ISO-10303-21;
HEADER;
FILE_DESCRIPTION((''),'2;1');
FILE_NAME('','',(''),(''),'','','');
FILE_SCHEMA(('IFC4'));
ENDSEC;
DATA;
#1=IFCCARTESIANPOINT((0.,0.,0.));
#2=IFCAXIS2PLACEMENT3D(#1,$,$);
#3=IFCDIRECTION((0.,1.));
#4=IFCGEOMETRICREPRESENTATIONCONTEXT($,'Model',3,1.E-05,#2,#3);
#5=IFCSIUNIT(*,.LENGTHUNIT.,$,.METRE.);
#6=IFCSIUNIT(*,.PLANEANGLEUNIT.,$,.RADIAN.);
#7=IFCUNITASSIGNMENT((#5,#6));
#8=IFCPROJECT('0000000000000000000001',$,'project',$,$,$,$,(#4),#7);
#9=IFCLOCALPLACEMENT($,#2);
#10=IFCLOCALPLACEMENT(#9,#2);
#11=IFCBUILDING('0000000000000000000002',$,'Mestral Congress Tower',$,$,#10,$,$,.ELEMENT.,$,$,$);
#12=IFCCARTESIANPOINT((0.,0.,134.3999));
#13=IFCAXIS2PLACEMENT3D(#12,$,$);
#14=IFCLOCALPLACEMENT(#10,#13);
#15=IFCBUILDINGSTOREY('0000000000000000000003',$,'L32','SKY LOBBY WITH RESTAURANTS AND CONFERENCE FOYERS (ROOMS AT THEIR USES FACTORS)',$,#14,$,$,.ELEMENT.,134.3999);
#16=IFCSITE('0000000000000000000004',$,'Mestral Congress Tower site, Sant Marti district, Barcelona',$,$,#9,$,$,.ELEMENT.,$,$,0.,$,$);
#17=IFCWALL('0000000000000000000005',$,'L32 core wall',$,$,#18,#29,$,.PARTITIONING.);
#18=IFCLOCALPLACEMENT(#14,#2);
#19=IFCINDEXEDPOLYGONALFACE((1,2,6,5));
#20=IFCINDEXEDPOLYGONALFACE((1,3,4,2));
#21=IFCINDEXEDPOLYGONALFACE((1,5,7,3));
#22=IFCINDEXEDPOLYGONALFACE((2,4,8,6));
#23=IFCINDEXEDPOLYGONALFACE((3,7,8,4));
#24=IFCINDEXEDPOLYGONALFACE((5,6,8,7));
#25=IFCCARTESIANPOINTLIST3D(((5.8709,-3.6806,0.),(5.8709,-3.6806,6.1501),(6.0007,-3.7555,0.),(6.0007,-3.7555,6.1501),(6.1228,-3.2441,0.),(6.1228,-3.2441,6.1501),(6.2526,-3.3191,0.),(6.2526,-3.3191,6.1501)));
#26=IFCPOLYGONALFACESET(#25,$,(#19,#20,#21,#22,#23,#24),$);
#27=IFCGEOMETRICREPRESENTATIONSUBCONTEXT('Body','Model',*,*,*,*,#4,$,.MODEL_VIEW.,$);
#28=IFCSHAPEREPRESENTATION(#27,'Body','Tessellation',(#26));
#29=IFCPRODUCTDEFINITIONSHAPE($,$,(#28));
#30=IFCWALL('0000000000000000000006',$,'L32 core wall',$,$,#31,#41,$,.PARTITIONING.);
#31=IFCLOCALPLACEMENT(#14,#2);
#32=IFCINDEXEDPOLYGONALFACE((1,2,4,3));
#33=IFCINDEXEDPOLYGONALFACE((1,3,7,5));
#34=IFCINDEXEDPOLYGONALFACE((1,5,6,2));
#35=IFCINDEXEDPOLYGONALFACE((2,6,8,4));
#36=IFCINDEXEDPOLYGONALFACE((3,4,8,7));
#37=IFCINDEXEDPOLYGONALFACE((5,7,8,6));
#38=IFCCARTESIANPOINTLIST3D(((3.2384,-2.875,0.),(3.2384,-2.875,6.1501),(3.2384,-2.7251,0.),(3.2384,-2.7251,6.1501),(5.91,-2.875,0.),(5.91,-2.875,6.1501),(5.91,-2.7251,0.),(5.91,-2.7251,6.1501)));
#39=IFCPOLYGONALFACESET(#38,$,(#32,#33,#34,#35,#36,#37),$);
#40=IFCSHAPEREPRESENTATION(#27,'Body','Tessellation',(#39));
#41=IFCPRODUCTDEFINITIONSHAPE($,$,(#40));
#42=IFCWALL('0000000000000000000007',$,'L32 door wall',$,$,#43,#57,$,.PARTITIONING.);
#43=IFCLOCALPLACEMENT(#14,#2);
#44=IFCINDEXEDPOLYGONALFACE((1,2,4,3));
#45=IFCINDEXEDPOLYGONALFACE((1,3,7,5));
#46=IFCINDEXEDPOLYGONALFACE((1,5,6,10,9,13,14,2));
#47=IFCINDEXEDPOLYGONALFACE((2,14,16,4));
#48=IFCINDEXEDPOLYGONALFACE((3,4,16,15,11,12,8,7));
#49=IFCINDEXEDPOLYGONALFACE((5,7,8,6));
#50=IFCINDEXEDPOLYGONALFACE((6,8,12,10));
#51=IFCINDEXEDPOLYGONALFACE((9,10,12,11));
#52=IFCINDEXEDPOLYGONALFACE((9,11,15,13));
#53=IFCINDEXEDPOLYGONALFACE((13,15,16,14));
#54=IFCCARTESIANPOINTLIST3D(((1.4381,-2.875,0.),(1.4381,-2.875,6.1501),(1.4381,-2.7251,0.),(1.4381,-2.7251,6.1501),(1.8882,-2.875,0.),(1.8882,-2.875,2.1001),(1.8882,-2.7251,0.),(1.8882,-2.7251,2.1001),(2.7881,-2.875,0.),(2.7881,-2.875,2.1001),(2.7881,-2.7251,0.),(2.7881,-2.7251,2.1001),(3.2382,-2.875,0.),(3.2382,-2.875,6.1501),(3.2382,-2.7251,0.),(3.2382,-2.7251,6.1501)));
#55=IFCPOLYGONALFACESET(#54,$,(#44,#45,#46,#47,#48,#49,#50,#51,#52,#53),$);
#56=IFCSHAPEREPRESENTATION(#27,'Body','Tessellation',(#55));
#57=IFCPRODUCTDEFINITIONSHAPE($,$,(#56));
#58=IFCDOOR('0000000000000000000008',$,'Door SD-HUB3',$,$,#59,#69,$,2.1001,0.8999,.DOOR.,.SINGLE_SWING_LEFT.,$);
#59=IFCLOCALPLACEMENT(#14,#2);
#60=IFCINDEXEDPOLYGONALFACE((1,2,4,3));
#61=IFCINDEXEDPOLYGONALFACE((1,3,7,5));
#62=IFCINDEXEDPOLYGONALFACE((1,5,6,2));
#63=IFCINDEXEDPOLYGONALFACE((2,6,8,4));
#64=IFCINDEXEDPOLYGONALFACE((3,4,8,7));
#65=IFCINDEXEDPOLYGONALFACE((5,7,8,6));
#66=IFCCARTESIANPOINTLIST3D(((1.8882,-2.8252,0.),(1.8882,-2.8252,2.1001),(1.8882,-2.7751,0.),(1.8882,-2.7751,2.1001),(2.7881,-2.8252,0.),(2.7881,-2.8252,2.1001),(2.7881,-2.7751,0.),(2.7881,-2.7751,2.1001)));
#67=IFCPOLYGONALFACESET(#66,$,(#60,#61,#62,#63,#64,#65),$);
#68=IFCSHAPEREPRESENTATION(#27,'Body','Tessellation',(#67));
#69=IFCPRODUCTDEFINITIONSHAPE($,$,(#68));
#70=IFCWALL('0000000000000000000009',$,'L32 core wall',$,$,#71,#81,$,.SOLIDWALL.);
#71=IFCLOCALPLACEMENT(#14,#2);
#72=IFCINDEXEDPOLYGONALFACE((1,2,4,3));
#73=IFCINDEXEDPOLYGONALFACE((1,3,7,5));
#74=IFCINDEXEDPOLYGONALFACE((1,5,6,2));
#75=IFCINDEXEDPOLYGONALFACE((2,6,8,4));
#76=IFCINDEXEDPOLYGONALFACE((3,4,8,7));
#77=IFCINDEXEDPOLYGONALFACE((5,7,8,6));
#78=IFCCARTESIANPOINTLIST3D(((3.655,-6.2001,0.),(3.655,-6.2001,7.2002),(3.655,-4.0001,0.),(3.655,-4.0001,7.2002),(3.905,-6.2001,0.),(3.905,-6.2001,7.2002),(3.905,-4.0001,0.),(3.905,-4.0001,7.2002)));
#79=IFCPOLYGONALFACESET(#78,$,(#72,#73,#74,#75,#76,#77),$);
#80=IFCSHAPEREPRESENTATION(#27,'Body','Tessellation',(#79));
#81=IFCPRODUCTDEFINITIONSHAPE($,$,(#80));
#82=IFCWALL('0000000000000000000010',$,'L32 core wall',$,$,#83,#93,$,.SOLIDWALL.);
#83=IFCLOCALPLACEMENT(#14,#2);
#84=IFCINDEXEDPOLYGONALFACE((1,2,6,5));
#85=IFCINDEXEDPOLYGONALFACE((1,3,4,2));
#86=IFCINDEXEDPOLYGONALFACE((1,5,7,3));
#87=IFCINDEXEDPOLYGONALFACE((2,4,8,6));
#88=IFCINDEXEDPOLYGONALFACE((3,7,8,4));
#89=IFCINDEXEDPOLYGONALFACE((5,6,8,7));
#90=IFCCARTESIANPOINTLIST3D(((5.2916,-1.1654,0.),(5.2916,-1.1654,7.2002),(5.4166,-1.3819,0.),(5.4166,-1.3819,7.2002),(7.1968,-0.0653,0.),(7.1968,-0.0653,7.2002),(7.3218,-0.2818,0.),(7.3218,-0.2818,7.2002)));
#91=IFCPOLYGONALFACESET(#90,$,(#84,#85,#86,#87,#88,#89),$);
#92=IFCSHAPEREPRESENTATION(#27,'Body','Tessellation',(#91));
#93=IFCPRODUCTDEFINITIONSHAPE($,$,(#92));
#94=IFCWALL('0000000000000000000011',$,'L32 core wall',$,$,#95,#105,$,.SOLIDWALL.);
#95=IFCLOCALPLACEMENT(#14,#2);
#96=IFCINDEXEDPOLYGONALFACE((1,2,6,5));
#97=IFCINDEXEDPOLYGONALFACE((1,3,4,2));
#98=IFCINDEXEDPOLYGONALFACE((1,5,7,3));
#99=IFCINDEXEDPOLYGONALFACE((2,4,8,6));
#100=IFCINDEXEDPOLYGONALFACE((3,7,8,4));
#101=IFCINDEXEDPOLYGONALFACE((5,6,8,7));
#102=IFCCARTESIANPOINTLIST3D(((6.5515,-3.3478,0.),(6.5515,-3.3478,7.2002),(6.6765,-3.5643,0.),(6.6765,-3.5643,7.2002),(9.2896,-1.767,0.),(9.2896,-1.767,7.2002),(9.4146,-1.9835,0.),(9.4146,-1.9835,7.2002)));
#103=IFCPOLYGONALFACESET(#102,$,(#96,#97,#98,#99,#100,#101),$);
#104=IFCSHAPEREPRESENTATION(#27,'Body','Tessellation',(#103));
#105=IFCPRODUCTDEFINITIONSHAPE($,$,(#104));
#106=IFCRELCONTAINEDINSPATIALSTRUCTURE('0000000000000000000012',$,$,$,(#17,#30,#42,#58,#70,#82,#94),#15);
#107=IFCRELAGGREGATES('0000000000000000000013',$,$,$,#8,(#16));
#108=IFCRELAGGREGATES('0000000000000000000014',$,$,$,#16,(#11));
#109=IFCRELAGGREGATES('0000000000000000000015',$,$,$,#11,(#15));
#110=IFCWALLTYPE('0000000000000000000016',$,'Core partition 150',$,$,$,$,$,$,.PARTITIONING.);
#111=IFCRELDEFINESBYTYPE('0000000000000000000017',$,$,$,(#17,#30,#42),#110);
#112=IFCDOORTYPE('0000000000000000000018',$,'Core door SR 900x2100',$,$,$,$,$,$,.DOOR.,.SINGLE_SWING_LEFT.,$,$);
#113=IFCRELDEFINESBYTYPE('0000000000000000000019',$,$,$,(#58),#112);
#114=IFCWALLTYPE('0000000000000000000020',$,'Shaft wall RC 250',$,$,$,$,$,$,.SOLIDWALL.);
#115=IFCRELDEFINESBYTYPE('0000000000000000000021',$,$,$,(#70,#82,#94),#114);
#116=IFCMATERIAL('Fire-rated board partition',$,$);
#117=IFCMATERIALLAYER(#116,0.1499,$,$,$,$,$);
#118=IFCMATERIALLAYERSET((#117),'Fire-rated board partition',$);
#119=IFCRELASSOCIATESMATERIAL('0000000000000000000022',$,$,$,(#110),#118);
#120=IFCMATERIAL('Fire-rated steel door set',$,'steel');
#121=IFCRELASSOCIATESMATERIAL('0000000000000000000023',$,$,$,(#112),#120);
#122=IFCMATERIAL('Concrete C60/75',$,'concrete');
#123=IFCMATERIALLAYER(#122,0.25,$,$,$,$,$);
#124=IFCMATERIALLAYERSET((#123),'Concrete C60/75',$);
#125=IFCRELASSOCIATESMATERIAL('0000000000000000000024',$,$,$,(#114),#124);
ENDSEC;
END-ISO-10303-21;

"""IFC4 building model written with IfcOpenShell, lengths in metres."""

from ifc_helpers import new_model, si_unit, direction, frame, frame_2d, origin, place, context, subcontext, project, spatial, rectangle, extrude, material, layer, layer_set, type_object, element, fill, save


model = new_model("IFC4")

# Units and contexts
model_context = context("Model", 3, precision=1e-05, world=origin(), true_north=direction((0.0, 1.0)))
body_context = subcontext(model_context, "Body", "Model", "MODEL_VIEW")
ifc_project = project(units=[si_unit("LENGTHUNIT", "METRE"), si_unit("PLANEANGLEUNIT", "RADIAN")], contexts=[model_context])

# Site, building, storey
site_placement = place(None, origin())
site = spatial("IfcSite", under=ifc_project, at=site_placement, Name="Mestral Congress Tower site, Sant Marti district, Barcelona", CompositionType="ELEMENT", RefElevation=0.0)
building_placement = place(site_placement, origin())
building = spatial("IfcBuilding", under=site, at=building_placement, Name="Mestral Congress Tower", CompositionType="ELEMENT")
storey_placement = place(building_placement, frame((0.0, 0.0, 134.3999)))
storey = spatial("IfcBuildingStorey", under=building, at=storey_placement, Name="L32", Description="SKY LOBBY WITH RESTAURANTS AND CONFERENCE FOYERS (ROOMS AT THEIR USES FACTORS)", CompositionType="ELEMENT", Elevation=134.3999)

# Walls
ifc_material_1 = material(Name="Fire-rated board partition")
ifc_layer_1 = layer(ifc_material_1, 0.1499)
ifc_layer_set_1 = layer_set([ifc_layer_1], Name="Fire-rated board partition")
wall_type_1 = type_object("IfcWallType", Name="Core partition 150", PredefinedType="PARTITIONING", material=ifc_layer_set_1)
wall_1_placement = place(storey_placement, frame((5.9358, -3.718, 0.0), z_axis=(0.0, 0.0, 1.0), x_axis=(0.49989, 0.866089, 0.0)))
element("IfcWall", 1, at=wall_1_placement, inside=storey, type_object=wall_type_1, Name="L32 core wall", PredefinedType="PARTITIONING", context=body_context, shape_type="SweptSolid", body=[
    extrude(rectangle(XDim=0.5039, YDim=0.1499, at=frame_2d((0.252, 0.0))), origin(), (0.0, 0.0, 1.0), 6.1501),
])
wall_2_placement = place(storey_placement, frame((3.2383, -2.8, 0.0), z_axis=(0.0, 0.0, 1.0), x_axis=(1.0, 0.0, 0.0)))
element("IfcWall", 2, at=wall_2_placement, inside=storey, type_object=wall_type_1, Name="L32 core wall", PredefinedType="PARTITIONING", context=body_context, shape_type="SweptSolid", body=[
    extrude(rectangle(XDim=2.6716, YDim=0.1499, at=frame_2d((1.3359, 0.0))), origin(), (0.0, 0.0, 1.0), 6.1501),
])

# Wall, opening, door
wall_3_placement = place(storey_placement, frame((1.4382, -2.8, 0.0), z_axis=(0.0, 0.0, 1.0), x_axis=(1.0, 0.0, 0.0)))
wall_3 = element("IfcWall", 3, at=wall_3_placement, inside=storey, type_object=wall_type_1, Name="L32 door wall", PredefinedType="PARTITIONING", context=body_context, shape_type="SweptSolid", body=[
    extrude(rectangle(XDim=1.8, YDim=0.1499, at=frame_2d((0.8999, 0.0))), origin(), (0.0, 0.0, 1.0), 6.1501),
])
opening_1_placement = place(wall_3_placement, frame((0.45, 0.0, 0.0)))
opening_1 = element("IfcOpeningElement", 4, at=opening_1_placement, cuts=wall_3, PredefinedType="OPENING", context=body_context, shape_type="SweptSolid", body=[
    extrude(rectangle(XDim=0.8999, YDim=2.1001, at=frame_2d((0.45, 1.05))), frame((0.0, 0.085, 0.0), z_axis=(0.0, -1.0, 0.0), x_axis=(1.0, 0.0, 0.0)), (0.0, 0.0, 1.0), 0.1699),
])
ifc_material_2 = material(Name="Fire-rated steel door set", Category="steel")
door_type_1 = type_object("IfcDoorType", Name="Core door SR 900x2100", OperationType="SINGLE_SWING_LEFT", PredefinedType="DOOR", material=ifc_material_2)
door_1_placement = place(opening_1_placement, origin())
door_1 = element("IfcDoor", 5, at=door_1_placement, inside=storey, type_object=door_type_1, Name="Door SD-HUB3", OperationType="SINGLE_SWING_LEFT", OverallHeight=2.1001, OverallWidth=0.8999, PredefinedType="DOOR", context=body_context, shape_type="SweptSolid", body=[
    extrude(rectangle(XDim=0.8999, YDim=2.1001, at=frame_2d((0.45, 1.05))), frame((0.0, 0.0249, 0.0), z_axis=(0.0, -1.0, 0.0), x_axis=(1.0, 0.0, 0.0)), (0.0, 0.0, 1.0), 0.05),
])
fill(opening_1, door_1)

# Walls
ifc_material_3 = material(Name="Concrete C60/75", Category="concrete")
ifc_layer_2 = layer(ifc_material_3, 0.25)
ifc_layer_set_2 = layer_set([ifc_layer_2], Name="Concrete C60/75")
wall_type_2 = type_object("IfcWallType", Name="Shaft wall RC 250", PredefinedType="SOLIDWALL", material=ifc_layer_set_2)
for number, where, z_axis, x_axis, name in (
    (6, (3.78, -4.0, 0.0), (0.0, 0.0, 1.0), (0.0, -1.0, 0.0), "L32 core wall"),
    (7, (5.354, -1.2737, 0.0), (0.0, 0.0, 1.0), (0.866008, 0.50003, 0.0), "L32 core wall"),
):
    element("IfcWall", number, at=place(storey_placement, frame(where, z_axis=z_axis, x_axis=x_axis)), inside=storey, type_object=wall_type_2, Name=name, PredefinedType="SOLIDWALL", context=body_context, shape_type="SweptSolid", body=[
        extrude(rectangle(XDim=2.2, YDim=0.25, at=frame_2d((1.1001, 0.0))), origin(), (0.0, 0.0, 1.0), 7.2002),
    ])
wall_4_placement = place(storey_placement, frame((9.3521, -1.8752, 0.0), z_axis=(0.0, 0.0, 1.0), x_axis=(-0.866025, -0.500001, 0.0)))
element("IfcWall", 8, at=wall_4_placement, inside=storey, type_object=wall_type_2, Name="L32 core wall", PredefinedType="SOLIDWALL", context=body_context, shape_type="SweptSolid", body=[
    extrude(rectangle(XDim=3.1616, YDim=0.25, at=frame_2d((1.5808, 0.0))), origin(), (0.0, 0.0, 1.0), 7.2002),
])

save(model, "model.ifc")
